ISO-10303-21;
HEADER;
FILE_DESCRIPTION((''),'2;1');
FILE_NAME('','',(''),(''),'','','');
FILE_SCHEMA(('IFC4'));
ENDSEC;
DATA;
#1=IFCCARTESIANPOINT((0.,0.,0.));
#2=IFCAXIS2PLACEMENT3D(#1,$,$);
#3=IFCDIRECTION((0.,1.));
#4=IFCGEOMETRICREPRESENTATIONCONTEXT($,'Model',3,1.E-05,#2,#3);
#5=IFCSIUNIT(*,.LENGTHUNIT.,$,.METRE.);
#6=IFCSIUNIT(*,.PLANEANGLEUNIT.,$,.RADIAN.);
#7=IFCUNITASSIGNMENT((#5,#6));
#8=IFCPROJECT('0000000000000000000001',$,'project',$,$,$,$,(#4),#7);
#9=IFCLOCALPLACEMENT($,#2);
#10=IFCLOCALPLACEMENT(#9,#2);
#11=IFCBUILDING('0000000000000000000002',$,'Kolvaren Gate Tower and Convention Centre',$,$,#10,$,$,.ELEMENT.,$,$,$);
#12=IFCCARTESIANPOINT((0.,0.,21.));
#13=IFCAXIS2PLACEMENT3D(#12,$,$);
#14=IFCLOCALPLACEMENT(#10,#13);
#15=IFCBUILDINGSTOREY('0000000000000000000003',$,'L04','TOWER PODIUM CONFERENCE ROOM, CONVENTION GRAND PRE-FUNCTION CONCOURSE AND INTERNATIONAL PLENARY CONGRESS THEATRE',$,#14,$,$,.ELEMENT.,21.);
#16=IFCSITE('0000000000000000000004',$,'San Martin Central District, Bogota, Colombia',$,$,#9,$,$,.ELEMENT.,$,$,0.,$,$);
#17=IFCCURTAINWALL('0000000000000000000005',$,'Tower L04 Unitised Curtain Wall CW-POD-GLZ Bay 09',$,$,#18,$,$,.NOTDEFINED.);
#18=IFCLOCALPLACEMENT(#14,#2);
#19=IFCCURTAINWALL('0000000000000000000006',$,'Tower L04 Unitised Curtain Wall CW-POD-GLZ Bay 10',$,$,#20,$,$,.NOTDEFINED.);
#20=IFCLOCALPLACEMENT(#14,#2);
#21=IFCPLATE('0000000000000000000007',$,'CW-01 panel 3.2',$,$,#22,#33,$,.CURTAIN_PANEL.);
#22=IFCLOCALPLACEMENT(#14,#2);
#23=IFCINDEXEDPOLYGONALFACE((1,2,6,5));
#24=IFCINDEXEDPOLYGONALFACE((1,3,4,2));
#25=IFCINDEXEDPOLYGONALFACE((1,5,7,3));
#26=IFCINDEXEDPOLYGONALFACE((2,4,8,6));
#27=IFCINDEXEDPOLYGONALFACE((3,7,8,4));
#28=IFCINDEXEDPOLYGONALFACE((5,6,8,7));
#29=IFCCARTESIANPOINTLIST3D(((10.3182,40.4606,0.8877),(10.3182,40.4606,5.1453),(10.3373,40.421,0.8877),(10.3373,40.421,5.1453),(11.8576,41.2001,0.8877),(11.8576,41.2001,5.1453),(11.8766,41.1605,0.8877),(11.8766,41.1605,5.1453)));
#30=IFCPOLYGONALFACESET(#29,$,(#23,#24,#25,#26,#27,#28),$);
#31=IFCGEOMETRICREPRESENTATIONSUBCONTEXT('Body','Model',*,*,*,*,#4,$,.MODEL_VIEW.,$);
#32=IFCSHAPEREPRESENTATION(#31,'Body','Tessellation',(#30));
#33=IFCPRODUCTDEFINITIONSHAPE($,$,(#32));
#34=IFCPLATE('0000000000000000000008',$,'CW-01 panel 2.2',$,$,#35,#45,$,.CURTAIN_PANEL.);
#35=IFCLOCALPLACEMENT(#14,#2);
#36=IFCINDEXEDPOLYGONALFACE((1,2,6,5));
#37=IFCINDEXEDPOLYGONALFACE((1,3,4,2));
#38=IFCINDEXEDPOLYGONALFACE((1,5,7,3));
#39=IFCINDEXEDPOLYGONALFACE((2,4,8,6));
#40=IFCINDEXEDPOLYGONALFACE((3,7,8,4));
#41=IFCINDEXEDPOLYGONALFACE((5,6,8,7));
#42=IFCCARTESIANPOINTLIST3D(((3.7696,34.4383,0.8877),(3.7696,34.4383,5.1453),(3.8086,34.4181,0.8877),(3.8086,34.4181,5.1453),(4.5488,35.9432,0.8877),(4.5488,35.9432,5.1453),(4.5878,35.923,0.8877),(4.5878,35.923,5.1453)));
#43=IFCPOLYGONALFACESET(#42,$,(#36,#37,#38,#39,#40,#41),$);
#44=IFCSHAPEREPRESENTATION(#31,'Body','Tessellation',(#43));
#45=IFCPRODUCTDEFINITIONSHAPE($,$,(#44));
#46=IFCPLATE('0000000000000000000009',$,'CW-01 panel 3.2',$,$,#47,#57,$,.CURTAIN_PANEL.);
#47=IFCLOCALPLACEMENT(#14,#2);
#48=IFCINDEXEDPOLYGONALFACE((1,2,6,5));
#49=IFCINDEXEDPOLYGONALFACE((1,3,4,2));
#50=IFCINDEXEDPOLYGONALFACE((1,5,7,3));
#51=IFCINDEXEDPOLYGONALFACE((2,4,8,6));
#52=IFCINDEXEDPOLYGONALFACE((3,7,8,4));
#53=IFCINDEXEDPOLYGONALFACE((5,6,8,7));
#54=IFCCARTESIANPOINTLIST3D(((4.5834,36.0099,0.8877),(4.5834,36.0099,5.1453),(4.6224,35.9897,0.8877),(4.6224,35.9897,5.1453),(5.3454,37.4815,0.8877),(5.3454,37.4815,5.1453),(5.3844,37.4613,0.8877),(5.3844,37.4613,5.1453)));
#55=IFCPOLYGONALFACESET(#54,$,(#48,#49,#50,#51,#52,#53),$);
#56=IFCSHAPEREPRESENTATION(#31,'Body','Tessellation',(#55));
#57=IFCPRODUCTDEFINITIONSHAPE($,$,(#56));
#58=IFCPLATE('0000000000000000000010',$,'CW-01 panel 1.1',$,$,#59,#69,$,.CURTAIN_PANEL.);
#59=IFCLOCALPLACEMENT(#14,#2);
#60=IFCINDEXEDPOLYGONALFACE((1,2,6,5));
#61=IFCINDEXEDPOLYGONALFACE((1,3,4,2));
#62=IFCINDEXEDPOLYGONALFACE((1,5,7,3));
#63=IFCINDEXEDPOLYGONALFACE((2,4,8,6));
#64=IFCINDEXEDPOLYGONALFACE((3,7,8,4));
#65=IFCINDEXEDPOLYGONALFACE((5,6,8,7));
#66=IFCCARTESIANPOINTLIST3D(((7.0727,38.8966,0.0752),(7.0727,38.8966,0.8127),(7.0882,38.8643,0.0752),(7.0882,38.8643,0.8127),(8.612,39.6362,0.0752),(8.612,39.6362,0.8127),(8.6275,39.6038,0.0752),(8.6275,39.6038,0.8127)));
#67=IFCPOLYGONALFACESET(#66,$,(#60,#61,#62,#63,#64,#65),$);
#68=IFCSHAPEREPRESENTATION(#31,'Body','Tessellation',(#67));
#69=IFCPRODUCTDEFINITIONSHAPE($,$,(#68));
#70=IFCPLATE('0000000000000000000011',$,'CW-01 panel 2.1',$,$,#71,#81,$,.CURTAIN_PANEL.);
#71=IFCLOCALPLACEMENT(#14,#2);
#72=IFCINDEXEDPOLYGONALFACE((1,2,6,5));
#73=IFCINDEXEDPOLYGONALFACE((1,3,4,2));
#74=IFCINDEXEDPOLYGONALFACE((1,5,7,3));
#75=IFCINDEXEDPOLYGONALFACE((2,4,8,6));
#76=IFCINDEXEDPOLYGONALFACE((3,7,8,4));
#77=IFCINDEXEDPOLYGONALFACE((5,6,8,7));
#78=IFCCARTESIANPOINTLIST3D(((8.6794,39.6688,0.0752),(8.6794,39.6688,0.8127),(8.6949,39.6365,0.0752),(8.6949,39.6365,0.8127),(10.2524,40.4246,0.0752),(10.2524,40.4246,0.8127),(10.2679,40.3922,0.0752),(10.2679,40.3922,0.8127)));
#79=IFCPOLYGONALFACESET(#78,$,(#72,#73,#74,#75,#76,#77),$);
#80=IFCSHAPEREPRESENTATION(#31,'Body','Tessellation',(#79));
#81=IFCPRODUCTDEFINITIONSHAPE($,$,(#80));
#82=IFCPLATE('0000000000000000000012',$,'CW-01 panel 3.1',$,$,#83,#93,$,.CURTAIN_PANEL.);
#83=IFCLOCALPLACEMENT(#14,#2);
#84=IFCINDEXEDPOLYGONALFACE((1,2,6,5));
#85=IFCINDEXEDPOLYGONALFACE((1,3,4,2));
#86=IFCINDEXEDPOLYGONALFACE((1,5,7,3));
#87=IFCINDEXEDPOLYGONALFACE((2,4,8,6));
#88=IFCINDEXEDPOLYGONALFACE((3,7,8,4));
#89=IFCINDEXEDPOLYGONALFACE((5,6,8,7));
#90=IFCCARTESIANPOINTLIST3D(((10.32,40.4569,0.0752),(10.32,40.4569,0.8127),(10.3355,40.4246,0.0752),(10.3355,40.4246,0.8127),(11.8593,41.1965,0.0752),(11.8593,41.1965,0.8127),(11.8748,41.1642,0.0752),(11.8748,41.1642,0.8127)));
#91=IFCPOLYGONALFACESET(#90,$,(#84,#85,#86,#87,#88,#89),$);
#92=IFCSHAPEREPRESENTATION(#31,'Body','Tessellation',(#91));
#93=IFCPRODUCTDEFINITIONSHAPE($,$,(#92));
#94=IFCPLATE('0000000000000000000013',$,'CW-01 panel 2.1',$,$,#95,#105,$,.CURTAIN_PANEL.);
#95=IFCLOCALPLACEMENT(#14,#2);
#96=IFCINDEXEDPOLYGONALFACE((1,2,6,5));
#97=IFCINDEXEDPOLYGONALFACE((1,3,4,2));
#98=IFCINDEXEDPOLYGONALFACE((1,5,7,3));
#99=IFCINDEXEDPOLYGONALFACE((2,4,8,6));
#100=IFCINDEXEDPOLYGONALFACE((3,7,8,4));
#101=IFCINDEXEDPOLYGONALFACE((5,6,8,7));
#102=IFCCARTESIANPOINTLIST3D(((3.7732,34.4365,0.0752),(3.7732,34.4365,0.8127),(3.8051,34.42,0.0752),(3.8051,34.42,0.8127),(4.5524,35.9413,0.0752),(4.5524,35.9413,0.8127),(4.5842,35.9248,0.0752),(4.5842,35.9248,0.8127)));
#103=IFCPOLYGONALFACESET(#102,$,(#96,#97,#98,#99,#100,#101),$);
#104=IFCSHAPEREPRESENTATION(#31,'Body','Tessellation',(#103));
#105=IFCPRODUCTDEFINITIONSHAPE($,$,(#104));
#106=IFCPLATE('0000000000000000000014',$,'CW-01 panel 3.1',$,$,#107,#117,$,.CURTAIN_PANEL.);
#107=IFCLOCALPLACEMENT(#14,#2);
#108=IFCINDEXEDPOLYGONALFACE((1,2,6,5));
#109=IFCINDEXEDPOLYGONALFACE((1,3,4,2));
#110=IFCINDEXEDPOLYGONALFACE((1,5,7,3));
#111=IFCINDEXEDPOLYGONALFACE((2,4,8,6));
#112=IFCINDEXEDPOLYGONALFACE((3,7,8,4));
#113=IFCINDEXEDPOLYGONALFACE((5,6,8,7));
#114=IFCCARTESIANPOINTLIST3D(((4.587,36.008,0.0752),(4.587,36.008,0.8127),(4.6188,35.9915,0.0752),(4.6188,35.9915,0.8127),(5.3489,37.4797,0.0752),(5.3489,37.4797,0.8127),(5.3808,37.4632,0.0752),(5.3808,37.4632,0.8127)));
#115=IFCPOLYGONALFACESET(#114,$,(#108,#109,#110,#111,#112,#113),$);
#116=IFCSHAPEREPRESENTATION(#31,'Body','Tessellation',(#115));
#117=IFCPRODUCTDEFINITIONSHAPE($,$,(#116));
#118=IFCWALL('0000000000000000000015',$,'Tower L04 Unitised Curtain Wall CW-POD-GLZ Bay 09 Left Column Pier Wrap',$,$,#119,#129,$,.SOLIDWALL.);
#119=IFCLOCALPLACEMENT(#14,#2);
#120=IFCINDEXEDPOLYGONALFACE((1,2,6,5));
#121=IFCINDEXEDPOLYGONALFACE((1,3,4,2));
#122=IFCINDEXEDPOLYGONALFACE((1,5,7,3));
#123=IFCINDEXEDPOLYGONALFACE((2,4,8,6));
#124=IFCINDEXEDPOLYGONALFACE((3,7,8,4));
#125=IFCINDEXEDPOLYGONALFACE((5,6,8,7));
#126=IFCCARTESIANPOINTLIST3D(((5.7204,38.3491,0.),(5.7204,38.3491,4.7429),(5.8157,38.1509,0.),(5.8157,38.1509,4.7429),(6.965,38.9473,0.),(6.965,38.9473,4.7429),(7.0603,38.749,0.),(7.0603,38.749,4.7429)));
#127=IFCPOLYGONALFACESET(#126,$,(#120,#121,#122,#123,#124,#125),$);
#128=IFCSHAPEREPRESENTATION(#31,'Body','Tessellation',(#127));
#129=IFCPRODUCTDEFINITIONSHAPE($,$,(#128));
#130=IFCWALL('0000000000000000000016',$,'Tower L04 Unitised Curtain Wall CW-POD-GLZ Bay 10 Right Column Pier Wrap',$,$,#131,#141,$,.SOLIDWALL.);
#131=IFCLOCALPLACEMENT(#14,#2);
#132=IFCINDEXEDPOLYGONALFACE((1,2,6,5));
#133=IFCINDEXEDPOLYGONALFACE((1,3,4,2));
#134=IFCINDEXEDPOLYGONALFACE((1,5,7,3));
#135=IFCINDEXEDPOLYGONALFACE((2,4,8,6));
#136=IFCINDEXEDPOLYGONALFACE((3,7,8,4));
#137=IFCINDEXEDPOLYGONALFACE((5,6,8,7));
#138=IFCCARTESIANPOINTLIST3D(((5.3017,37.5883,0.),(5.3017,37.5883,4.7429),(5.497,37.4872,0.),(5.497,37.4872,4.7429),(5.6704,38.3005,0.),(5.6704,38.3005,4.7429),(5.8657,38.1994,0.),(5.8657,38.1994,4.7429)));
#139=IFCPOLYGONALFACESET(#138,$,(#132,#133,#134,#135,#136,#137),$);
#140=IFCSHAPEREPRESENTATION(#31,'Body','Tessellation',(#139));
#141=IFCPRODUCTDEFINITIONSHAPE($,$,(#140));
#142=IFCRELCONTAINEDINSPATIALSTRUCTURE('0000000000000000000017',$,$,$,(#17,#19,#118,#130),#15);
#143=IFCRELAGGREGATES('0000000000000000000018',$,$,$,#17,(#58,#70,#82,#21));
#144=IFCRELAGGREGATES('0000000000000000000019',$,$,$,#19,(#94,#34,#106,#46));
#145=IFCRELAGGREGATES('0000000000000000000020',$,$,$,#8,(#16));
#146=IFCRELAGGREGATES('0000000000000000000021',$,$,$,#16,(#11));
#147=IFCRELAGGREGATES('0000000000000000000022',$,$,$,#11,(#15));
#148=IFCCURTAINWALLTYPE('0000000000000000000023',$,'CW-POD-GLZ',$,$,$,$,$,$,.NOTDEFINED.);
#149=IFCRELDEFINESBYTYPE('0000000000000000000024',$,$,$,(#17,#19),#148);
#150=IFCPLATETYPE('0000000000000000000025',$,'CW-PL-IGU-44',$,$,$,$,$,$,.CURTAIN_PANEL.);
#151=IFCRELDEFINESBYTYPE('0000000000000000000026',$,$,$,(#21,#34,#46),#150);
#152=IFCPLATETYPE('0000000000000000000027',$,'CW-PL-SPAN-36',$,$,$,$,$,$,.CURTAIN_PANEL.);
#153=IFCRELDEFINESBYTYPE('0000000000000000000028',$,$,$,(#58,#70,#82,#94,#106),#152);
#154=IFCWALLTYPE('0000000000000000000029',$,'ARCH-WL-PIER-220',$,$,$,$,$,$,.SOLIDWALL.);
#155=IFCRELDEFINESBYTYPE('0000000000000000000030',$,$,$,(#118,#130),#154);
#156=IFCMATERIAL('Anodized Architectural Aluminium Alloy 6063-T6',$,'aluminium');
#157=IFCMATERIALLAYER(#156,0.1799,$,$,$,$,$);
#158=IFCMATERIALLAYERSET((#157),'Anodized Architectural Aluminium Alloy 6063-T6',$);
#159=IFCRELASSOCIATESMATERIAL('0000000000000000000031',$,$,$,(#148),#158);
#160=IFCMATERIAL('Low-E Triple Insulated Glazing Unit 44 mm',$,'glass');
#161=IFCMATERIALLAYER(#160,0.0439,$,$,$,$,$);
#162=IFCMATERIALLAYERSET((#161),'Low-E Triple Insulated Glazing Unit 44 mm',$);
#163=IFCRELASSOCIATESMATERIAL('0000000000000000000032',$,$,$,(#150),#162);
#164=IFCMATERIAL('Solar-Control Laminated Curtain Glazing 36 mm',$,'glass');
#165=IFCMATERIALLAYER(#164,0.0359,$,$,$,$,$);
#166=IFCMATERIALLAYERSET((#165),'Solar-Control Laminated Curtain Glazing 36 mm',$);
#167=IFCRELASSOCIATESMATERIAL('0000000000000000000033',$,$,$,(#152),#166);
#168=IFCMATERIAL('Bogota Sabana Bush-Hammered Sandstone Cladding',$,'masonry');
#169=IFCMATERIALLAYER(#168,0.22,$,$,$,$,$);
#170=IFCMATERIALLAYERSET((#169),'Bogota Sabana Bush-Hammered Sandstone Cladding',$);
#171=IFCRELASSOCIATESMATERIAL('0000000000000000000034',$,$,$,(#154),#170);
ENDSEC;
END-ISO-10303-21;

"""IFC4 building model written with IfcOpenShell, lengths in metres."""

from ifc_helpers import new_model, si_unit, direction, frame, frame_2d, origin, origin_2d, place, context, subcontext, project, spatial, rectangle, extrude, material, layer, layer_set, type_object, element, aggregate, save


model = new_model("IFC4")

# Units and contexts
model_context = context("Model", 3, precision=1e-05, world=origin(), true_north=direction((0.0, 1.0)))
body_context = subcontext(model_context, "Body", "Model", "MODEL_VIEW")
ifc_project = project(units=[si_unit("LENGTHUNIT", "METRE"), si_unit("PLANEANGLEUNIT", "RADIAN")], contexts=[model_context])

# Site, building, storey
site_placement = place(None, origin())
site = spatial("IfcSite", under=ifc_project, at=site_placement, Name="San Martin Central District, Bogota, Colombia", CompositionType="ELEMENT", RefElevation=0.0)
building_placement = place(site_placement, origin())
building = spatial("IfcBuilding", under=site, at=building_placement, Name="Kolvaren Gate Tower and Convention Centre", CompositionType="ELEMENT")
storey_placement = place(building_placement, frame((0.0, 0.0, 21.0)))
storey = spatial("IfcBuildingStorey", under=building, at=storey_placement, Name="L04", Description="TOWER PODIUM CONFERENCE ROOM, CONVENTION GRAND PRE-FUNCTION CONCOURSE AND INTERNATIONAL PLENARY CONGRESS THEATRE", CompositionType="ELEMENT", Elevation=21.0)

# Shared definitions
ifc_material_1 = material(Name="Anodized Architectural Aluminium Alloy 6063-T6", Category="aluminium")
ifc_layer_1 = layer(ifc_material_1, 0.1799)
ifc_layer_set_1 = layer_set([ifc_layer_1], Name="Anodized Architectural Aluminium Alloy 6063-T6")
curtain_wall_type = type_object("IfcCurtainWallType", Name="CW-POD-GLZ", PredefinedType="NOTDEFINED", material=ifc_layer_set_1)

# Curtain walls
curtain_wall_1_placement = place(storey_placement, origin())
curtain_wall_1 = element("IfcCurtainWall", 1, at=curtain_wall_1_placement, inside=storey, type_object=curtain_wall_type, Name="Tower L04 Unitised Curtain Wall CW-POD-GLZ Bay 09", PredefinedType="NOTDEFINED")
curtain_wall_2_placement = place(storey_placement, origin())
curtain_wall_2 = element("IfcCurtainWall", 2, at=curtain_wall_2_placement, inside=storey, type_object=curtain_wall_type, Name="Tower L04 Unitised Curtain Wall CW-POD-GLZ Bay 10", PredefinedType="NOTDEFINED")

# Plates
ifc_material_2 = material(Name="Low-E Triple Insulated Glazing Unit 44 mm", Category="glass")
ifc_layer_2 = layer(ifc_material_2, 0.0439)
ifc_layer_set_2 = layer_set([ifc_layer_2], Name="Low-E Triple Insulated Glazing Unit 44 mm")
plate_type_1 = type_object("IfcPlateType", Name="CW-PL-IGU-44", PredefinedType="CURTAIN_PANEL", material=ifc_layer_set_2)
plate_1_placement = place(storey_placement, frame((11.0974, 40.8105, 0.8877), z_axis=(0.0, 0.0, 1.0), x_axis=(0.901367, 0.433057, 0.0)))
plate_1 = element("IfcPlate", 3, at=plate_1_placement, type_object=plate_type_1, Name="CW-01 panel 3.2", PredefinedType="CURTAIN_PANEL", context=body_context, shape_type="SweptSolid", body=[
    extrude(rectangle(XDim=1.7078, YDim=0.0439, at=origin_2d()), origin(), (0.0, 0.0, 1.0), 4.2576),
])
plate_2_placement = place(storey_placement, frame((4.1787, 35.1807, 0.8877), z_axis=(0.0, 0.0, 1.0), x_axis=(0.459789, 0.888028, 0.0)))
plate_2 = element("IfcPlate", 4, at=plate_2_placement, type_object=plate_type_1, Name="CW-01 panel 2.2", PredefinedType="CURTAIN_PANEL", context=body_context, shape_type="SweptSolid", body=[
    extrude(rectangle(XDim=1.6946, YDim=0.0439, at=origin_2d()), origin(), (0.0, 0.0, 1.0), 4.2576),
])
plate_3_placement = place(storey_placement, frame((4.9839, 36.7356, 0.8877), z_axis=(0.0, 0.0, 1.0), x_axis=(0.459789, 0.888028, 0.0)))
plate_3 = element("IfcPlate", 5, at=plate_3_placement, type_object=plate_type_1, Name="CW-01 panel 3.2", PredefinedType="CURTAIN_PANEL", context=body_context, shape_type="SweptSolid", body=[
    extrude(rectangle(XDim=1.6572, YDim=0.0439, at=origin_2d()), origin(), (0.0, 0.0, 1.0), 4.2576),
])
ifc_material_3 = material(Name="Solar-Control Laminated Curtain Glazing 36 mm", Category="glass")
ifc_layer_3 = layer(ifc_material_3, 0.0359)
ifc_layer_set_3 = layer_set([ifc_layer_3], Name="Solar-Control Laminated Curtain Glazing 36 mm")
plate_type_2 = type_object("IfcPlateType", Name="CW-PL-SPAN-36", PredefinedType="CURTAIN_PANEL", material=ifc_layer_set_3)
plate_4_placement = place(storey_placement, frame((7.8501, 39.2502, 0.0752), z_axis=(0.0, 0.0, 1.0), x_axis=(0.901367, 0.433057, 0.0)))
plate_4 = element("IfcPlate", 6, at=plate_4_placement, type_object=plate_type_2, Name="CW-01 panel 1.1", PredefinedType="CURTAIN_PANEL", context=body_context, shape_type="SweptSolid", body=[
    extrude(rectangle(XDim=1.7078, YDim=0.0359, at=origin_2d()), origin(), (0.0, 0.0, 1.0), 0.7375),
])
plate_5_placement = place(storey_placement, frame((9.4736, 40.0305, 0.0752), z_axis=(0.0, 0.0, 1.0), x_axis=(0.901367, 0.433057, 0.0)))
plate_5 = element("IfcPlate", 7, at=plate_5_placement, type_object=plate_type_2, Name="CW-01 panel 2.1", PredefinedType="CURTAIN_PANEL", context=body_context, shape_type="SweptSolid", body=[
    extrude(rectangle(XDim=1.7451, YDim=0.0359, at=origin_2d()), origin(), (0.0, 0.0, 1.0), 0.7375),
])
plate_6_placement = place(storey_placement, frame((11.0974, 40.8105, 0.0752), z_axis=(0.0, 0.0, 1.0), x_axis=(0.901367, 0.433057, 0.0)))
plate_6 = element("IfcPlate", 8, at=plate_6_placement, type_object=plate_type_2, Name="CW-01 panel 3.1", PredefinedType="CURTAIN_PANEL", context=body_context, shape_type="SweptSolid", body=[
    extrude(rectangle(XDim=1.7078, YDim=0.0359, at=origin_2d()), origin(), (0.0, 0.0, 1.0), 0.7375),
])
aggregate(curtain_wall_1, [plate_4, plate_5, plate_6, plate_1])
plate_7_placement = place(storey_placement, frame((4.1787, 35.1807, 0.0752), z_axis=(0.0, 0.0, 1.0), x_axis=(0.459789, 0.888028, 0.0)))
plate_7 = element("IfcPlate", 9, at=plate_7_placement, type_object=plate_type_2, Name="CW-01 panel 2.1", PredefinedType="CURTAIN_PANEL", context=body_context, shape_type="SweptSolid", body=[
    extrude(rectangle(XDim=1.6946, YDim=0.0359, at=origin_2d()), origin(), (0.0, 0.0, 1.0), 0.7375),
])
plate_8_placement = place(storey_placement, frame((4.9839, 36.7356, 0.0752), z_axis=(0.0, 0.0, 1.0), x_axis=(0.459789, 0.888028, 0.0)))
plate_8 = element("IfcPlate", 10, at=plate_8_placement, type_object=plate_type_2, Name="CW-01 panel 3.1", PredefinedType="CURTAIN_PANEL", context=body_context, shape_type="SweptSolid", body=[
    extrude(rectangle(XDim=1.6572, YDim=0.0359, at=origin_2d()), origin(), (0.0, 0.0, 1.0), 0.7375),
])
aggregate(curtain_wall_2, [plate_7, plate_2, plate_8, plate_3])

# Walls
ifc_material_4 = material(Name="Bogota Sabana Bush-Hammered Sandstone Cladding", Category="masonry")
ifc_layer_4 = layer(ifc_material_4, 0.22)
ifc_layer_set_4 = layer_set([ifc_layer_4], Name="Bogota Sabana Bush-Hammered Sandstone Cladding")
wall_type = type_object("IfcWallType", Name="ARCH-WL-PIER-220", PredefinedType="SOLIDWALL", material=ifc_layer_set_4)
wall_1_placement = place(storey_placement, frame((5.7681, 38.25, 0.0), z_axis=(0.0, 0.0, 1.0), x_axis=(0.901319, 0.433156, 0.0)))
element("IfcWall", 11, at=wall_1_placement, inside=storey, type_object=wall_type, Name="Tower L04 Unitised Curtain Wall CW-POD-GLZ Bay 09 Left Column Pier Wrap", PredefinedType="SOLIDWALL", context=body_context, shape_type="SweptSolid", body=[
    extrude(rectangle(XDim=1.3809, YDim=0.22, at=frame_2d((0.6904, 0.0))), origin(), (0.0, 0.0, 1.0), 4.7429),
])
wall_2_placement = place(storey_placement, frame((5.3994, 37.5378, 0.0), z_axis=(0.0, 0.0, 1.0), x_axis=(0.459713, 0.888068, 0.0)))
element("IfcWall", 12, at=wall_2_placement, inside=storey, type_object=wall_type, Name="Tower L04 Unitised Curtain Wall CW-POD-GLZ Bay 10 Right Column Pier Wrap", PredefinedType="SOLIDWALL", context=body_context, shape_type="SweptSolid", body=[
    extrude(rectangle(XDim=0.802, YDim=0.22, at=frame_2d((0.4009, 0.0))), origin(), (0.0, 0.0, 1.0), 4.7429),
])

save(model, "model.ifc")
